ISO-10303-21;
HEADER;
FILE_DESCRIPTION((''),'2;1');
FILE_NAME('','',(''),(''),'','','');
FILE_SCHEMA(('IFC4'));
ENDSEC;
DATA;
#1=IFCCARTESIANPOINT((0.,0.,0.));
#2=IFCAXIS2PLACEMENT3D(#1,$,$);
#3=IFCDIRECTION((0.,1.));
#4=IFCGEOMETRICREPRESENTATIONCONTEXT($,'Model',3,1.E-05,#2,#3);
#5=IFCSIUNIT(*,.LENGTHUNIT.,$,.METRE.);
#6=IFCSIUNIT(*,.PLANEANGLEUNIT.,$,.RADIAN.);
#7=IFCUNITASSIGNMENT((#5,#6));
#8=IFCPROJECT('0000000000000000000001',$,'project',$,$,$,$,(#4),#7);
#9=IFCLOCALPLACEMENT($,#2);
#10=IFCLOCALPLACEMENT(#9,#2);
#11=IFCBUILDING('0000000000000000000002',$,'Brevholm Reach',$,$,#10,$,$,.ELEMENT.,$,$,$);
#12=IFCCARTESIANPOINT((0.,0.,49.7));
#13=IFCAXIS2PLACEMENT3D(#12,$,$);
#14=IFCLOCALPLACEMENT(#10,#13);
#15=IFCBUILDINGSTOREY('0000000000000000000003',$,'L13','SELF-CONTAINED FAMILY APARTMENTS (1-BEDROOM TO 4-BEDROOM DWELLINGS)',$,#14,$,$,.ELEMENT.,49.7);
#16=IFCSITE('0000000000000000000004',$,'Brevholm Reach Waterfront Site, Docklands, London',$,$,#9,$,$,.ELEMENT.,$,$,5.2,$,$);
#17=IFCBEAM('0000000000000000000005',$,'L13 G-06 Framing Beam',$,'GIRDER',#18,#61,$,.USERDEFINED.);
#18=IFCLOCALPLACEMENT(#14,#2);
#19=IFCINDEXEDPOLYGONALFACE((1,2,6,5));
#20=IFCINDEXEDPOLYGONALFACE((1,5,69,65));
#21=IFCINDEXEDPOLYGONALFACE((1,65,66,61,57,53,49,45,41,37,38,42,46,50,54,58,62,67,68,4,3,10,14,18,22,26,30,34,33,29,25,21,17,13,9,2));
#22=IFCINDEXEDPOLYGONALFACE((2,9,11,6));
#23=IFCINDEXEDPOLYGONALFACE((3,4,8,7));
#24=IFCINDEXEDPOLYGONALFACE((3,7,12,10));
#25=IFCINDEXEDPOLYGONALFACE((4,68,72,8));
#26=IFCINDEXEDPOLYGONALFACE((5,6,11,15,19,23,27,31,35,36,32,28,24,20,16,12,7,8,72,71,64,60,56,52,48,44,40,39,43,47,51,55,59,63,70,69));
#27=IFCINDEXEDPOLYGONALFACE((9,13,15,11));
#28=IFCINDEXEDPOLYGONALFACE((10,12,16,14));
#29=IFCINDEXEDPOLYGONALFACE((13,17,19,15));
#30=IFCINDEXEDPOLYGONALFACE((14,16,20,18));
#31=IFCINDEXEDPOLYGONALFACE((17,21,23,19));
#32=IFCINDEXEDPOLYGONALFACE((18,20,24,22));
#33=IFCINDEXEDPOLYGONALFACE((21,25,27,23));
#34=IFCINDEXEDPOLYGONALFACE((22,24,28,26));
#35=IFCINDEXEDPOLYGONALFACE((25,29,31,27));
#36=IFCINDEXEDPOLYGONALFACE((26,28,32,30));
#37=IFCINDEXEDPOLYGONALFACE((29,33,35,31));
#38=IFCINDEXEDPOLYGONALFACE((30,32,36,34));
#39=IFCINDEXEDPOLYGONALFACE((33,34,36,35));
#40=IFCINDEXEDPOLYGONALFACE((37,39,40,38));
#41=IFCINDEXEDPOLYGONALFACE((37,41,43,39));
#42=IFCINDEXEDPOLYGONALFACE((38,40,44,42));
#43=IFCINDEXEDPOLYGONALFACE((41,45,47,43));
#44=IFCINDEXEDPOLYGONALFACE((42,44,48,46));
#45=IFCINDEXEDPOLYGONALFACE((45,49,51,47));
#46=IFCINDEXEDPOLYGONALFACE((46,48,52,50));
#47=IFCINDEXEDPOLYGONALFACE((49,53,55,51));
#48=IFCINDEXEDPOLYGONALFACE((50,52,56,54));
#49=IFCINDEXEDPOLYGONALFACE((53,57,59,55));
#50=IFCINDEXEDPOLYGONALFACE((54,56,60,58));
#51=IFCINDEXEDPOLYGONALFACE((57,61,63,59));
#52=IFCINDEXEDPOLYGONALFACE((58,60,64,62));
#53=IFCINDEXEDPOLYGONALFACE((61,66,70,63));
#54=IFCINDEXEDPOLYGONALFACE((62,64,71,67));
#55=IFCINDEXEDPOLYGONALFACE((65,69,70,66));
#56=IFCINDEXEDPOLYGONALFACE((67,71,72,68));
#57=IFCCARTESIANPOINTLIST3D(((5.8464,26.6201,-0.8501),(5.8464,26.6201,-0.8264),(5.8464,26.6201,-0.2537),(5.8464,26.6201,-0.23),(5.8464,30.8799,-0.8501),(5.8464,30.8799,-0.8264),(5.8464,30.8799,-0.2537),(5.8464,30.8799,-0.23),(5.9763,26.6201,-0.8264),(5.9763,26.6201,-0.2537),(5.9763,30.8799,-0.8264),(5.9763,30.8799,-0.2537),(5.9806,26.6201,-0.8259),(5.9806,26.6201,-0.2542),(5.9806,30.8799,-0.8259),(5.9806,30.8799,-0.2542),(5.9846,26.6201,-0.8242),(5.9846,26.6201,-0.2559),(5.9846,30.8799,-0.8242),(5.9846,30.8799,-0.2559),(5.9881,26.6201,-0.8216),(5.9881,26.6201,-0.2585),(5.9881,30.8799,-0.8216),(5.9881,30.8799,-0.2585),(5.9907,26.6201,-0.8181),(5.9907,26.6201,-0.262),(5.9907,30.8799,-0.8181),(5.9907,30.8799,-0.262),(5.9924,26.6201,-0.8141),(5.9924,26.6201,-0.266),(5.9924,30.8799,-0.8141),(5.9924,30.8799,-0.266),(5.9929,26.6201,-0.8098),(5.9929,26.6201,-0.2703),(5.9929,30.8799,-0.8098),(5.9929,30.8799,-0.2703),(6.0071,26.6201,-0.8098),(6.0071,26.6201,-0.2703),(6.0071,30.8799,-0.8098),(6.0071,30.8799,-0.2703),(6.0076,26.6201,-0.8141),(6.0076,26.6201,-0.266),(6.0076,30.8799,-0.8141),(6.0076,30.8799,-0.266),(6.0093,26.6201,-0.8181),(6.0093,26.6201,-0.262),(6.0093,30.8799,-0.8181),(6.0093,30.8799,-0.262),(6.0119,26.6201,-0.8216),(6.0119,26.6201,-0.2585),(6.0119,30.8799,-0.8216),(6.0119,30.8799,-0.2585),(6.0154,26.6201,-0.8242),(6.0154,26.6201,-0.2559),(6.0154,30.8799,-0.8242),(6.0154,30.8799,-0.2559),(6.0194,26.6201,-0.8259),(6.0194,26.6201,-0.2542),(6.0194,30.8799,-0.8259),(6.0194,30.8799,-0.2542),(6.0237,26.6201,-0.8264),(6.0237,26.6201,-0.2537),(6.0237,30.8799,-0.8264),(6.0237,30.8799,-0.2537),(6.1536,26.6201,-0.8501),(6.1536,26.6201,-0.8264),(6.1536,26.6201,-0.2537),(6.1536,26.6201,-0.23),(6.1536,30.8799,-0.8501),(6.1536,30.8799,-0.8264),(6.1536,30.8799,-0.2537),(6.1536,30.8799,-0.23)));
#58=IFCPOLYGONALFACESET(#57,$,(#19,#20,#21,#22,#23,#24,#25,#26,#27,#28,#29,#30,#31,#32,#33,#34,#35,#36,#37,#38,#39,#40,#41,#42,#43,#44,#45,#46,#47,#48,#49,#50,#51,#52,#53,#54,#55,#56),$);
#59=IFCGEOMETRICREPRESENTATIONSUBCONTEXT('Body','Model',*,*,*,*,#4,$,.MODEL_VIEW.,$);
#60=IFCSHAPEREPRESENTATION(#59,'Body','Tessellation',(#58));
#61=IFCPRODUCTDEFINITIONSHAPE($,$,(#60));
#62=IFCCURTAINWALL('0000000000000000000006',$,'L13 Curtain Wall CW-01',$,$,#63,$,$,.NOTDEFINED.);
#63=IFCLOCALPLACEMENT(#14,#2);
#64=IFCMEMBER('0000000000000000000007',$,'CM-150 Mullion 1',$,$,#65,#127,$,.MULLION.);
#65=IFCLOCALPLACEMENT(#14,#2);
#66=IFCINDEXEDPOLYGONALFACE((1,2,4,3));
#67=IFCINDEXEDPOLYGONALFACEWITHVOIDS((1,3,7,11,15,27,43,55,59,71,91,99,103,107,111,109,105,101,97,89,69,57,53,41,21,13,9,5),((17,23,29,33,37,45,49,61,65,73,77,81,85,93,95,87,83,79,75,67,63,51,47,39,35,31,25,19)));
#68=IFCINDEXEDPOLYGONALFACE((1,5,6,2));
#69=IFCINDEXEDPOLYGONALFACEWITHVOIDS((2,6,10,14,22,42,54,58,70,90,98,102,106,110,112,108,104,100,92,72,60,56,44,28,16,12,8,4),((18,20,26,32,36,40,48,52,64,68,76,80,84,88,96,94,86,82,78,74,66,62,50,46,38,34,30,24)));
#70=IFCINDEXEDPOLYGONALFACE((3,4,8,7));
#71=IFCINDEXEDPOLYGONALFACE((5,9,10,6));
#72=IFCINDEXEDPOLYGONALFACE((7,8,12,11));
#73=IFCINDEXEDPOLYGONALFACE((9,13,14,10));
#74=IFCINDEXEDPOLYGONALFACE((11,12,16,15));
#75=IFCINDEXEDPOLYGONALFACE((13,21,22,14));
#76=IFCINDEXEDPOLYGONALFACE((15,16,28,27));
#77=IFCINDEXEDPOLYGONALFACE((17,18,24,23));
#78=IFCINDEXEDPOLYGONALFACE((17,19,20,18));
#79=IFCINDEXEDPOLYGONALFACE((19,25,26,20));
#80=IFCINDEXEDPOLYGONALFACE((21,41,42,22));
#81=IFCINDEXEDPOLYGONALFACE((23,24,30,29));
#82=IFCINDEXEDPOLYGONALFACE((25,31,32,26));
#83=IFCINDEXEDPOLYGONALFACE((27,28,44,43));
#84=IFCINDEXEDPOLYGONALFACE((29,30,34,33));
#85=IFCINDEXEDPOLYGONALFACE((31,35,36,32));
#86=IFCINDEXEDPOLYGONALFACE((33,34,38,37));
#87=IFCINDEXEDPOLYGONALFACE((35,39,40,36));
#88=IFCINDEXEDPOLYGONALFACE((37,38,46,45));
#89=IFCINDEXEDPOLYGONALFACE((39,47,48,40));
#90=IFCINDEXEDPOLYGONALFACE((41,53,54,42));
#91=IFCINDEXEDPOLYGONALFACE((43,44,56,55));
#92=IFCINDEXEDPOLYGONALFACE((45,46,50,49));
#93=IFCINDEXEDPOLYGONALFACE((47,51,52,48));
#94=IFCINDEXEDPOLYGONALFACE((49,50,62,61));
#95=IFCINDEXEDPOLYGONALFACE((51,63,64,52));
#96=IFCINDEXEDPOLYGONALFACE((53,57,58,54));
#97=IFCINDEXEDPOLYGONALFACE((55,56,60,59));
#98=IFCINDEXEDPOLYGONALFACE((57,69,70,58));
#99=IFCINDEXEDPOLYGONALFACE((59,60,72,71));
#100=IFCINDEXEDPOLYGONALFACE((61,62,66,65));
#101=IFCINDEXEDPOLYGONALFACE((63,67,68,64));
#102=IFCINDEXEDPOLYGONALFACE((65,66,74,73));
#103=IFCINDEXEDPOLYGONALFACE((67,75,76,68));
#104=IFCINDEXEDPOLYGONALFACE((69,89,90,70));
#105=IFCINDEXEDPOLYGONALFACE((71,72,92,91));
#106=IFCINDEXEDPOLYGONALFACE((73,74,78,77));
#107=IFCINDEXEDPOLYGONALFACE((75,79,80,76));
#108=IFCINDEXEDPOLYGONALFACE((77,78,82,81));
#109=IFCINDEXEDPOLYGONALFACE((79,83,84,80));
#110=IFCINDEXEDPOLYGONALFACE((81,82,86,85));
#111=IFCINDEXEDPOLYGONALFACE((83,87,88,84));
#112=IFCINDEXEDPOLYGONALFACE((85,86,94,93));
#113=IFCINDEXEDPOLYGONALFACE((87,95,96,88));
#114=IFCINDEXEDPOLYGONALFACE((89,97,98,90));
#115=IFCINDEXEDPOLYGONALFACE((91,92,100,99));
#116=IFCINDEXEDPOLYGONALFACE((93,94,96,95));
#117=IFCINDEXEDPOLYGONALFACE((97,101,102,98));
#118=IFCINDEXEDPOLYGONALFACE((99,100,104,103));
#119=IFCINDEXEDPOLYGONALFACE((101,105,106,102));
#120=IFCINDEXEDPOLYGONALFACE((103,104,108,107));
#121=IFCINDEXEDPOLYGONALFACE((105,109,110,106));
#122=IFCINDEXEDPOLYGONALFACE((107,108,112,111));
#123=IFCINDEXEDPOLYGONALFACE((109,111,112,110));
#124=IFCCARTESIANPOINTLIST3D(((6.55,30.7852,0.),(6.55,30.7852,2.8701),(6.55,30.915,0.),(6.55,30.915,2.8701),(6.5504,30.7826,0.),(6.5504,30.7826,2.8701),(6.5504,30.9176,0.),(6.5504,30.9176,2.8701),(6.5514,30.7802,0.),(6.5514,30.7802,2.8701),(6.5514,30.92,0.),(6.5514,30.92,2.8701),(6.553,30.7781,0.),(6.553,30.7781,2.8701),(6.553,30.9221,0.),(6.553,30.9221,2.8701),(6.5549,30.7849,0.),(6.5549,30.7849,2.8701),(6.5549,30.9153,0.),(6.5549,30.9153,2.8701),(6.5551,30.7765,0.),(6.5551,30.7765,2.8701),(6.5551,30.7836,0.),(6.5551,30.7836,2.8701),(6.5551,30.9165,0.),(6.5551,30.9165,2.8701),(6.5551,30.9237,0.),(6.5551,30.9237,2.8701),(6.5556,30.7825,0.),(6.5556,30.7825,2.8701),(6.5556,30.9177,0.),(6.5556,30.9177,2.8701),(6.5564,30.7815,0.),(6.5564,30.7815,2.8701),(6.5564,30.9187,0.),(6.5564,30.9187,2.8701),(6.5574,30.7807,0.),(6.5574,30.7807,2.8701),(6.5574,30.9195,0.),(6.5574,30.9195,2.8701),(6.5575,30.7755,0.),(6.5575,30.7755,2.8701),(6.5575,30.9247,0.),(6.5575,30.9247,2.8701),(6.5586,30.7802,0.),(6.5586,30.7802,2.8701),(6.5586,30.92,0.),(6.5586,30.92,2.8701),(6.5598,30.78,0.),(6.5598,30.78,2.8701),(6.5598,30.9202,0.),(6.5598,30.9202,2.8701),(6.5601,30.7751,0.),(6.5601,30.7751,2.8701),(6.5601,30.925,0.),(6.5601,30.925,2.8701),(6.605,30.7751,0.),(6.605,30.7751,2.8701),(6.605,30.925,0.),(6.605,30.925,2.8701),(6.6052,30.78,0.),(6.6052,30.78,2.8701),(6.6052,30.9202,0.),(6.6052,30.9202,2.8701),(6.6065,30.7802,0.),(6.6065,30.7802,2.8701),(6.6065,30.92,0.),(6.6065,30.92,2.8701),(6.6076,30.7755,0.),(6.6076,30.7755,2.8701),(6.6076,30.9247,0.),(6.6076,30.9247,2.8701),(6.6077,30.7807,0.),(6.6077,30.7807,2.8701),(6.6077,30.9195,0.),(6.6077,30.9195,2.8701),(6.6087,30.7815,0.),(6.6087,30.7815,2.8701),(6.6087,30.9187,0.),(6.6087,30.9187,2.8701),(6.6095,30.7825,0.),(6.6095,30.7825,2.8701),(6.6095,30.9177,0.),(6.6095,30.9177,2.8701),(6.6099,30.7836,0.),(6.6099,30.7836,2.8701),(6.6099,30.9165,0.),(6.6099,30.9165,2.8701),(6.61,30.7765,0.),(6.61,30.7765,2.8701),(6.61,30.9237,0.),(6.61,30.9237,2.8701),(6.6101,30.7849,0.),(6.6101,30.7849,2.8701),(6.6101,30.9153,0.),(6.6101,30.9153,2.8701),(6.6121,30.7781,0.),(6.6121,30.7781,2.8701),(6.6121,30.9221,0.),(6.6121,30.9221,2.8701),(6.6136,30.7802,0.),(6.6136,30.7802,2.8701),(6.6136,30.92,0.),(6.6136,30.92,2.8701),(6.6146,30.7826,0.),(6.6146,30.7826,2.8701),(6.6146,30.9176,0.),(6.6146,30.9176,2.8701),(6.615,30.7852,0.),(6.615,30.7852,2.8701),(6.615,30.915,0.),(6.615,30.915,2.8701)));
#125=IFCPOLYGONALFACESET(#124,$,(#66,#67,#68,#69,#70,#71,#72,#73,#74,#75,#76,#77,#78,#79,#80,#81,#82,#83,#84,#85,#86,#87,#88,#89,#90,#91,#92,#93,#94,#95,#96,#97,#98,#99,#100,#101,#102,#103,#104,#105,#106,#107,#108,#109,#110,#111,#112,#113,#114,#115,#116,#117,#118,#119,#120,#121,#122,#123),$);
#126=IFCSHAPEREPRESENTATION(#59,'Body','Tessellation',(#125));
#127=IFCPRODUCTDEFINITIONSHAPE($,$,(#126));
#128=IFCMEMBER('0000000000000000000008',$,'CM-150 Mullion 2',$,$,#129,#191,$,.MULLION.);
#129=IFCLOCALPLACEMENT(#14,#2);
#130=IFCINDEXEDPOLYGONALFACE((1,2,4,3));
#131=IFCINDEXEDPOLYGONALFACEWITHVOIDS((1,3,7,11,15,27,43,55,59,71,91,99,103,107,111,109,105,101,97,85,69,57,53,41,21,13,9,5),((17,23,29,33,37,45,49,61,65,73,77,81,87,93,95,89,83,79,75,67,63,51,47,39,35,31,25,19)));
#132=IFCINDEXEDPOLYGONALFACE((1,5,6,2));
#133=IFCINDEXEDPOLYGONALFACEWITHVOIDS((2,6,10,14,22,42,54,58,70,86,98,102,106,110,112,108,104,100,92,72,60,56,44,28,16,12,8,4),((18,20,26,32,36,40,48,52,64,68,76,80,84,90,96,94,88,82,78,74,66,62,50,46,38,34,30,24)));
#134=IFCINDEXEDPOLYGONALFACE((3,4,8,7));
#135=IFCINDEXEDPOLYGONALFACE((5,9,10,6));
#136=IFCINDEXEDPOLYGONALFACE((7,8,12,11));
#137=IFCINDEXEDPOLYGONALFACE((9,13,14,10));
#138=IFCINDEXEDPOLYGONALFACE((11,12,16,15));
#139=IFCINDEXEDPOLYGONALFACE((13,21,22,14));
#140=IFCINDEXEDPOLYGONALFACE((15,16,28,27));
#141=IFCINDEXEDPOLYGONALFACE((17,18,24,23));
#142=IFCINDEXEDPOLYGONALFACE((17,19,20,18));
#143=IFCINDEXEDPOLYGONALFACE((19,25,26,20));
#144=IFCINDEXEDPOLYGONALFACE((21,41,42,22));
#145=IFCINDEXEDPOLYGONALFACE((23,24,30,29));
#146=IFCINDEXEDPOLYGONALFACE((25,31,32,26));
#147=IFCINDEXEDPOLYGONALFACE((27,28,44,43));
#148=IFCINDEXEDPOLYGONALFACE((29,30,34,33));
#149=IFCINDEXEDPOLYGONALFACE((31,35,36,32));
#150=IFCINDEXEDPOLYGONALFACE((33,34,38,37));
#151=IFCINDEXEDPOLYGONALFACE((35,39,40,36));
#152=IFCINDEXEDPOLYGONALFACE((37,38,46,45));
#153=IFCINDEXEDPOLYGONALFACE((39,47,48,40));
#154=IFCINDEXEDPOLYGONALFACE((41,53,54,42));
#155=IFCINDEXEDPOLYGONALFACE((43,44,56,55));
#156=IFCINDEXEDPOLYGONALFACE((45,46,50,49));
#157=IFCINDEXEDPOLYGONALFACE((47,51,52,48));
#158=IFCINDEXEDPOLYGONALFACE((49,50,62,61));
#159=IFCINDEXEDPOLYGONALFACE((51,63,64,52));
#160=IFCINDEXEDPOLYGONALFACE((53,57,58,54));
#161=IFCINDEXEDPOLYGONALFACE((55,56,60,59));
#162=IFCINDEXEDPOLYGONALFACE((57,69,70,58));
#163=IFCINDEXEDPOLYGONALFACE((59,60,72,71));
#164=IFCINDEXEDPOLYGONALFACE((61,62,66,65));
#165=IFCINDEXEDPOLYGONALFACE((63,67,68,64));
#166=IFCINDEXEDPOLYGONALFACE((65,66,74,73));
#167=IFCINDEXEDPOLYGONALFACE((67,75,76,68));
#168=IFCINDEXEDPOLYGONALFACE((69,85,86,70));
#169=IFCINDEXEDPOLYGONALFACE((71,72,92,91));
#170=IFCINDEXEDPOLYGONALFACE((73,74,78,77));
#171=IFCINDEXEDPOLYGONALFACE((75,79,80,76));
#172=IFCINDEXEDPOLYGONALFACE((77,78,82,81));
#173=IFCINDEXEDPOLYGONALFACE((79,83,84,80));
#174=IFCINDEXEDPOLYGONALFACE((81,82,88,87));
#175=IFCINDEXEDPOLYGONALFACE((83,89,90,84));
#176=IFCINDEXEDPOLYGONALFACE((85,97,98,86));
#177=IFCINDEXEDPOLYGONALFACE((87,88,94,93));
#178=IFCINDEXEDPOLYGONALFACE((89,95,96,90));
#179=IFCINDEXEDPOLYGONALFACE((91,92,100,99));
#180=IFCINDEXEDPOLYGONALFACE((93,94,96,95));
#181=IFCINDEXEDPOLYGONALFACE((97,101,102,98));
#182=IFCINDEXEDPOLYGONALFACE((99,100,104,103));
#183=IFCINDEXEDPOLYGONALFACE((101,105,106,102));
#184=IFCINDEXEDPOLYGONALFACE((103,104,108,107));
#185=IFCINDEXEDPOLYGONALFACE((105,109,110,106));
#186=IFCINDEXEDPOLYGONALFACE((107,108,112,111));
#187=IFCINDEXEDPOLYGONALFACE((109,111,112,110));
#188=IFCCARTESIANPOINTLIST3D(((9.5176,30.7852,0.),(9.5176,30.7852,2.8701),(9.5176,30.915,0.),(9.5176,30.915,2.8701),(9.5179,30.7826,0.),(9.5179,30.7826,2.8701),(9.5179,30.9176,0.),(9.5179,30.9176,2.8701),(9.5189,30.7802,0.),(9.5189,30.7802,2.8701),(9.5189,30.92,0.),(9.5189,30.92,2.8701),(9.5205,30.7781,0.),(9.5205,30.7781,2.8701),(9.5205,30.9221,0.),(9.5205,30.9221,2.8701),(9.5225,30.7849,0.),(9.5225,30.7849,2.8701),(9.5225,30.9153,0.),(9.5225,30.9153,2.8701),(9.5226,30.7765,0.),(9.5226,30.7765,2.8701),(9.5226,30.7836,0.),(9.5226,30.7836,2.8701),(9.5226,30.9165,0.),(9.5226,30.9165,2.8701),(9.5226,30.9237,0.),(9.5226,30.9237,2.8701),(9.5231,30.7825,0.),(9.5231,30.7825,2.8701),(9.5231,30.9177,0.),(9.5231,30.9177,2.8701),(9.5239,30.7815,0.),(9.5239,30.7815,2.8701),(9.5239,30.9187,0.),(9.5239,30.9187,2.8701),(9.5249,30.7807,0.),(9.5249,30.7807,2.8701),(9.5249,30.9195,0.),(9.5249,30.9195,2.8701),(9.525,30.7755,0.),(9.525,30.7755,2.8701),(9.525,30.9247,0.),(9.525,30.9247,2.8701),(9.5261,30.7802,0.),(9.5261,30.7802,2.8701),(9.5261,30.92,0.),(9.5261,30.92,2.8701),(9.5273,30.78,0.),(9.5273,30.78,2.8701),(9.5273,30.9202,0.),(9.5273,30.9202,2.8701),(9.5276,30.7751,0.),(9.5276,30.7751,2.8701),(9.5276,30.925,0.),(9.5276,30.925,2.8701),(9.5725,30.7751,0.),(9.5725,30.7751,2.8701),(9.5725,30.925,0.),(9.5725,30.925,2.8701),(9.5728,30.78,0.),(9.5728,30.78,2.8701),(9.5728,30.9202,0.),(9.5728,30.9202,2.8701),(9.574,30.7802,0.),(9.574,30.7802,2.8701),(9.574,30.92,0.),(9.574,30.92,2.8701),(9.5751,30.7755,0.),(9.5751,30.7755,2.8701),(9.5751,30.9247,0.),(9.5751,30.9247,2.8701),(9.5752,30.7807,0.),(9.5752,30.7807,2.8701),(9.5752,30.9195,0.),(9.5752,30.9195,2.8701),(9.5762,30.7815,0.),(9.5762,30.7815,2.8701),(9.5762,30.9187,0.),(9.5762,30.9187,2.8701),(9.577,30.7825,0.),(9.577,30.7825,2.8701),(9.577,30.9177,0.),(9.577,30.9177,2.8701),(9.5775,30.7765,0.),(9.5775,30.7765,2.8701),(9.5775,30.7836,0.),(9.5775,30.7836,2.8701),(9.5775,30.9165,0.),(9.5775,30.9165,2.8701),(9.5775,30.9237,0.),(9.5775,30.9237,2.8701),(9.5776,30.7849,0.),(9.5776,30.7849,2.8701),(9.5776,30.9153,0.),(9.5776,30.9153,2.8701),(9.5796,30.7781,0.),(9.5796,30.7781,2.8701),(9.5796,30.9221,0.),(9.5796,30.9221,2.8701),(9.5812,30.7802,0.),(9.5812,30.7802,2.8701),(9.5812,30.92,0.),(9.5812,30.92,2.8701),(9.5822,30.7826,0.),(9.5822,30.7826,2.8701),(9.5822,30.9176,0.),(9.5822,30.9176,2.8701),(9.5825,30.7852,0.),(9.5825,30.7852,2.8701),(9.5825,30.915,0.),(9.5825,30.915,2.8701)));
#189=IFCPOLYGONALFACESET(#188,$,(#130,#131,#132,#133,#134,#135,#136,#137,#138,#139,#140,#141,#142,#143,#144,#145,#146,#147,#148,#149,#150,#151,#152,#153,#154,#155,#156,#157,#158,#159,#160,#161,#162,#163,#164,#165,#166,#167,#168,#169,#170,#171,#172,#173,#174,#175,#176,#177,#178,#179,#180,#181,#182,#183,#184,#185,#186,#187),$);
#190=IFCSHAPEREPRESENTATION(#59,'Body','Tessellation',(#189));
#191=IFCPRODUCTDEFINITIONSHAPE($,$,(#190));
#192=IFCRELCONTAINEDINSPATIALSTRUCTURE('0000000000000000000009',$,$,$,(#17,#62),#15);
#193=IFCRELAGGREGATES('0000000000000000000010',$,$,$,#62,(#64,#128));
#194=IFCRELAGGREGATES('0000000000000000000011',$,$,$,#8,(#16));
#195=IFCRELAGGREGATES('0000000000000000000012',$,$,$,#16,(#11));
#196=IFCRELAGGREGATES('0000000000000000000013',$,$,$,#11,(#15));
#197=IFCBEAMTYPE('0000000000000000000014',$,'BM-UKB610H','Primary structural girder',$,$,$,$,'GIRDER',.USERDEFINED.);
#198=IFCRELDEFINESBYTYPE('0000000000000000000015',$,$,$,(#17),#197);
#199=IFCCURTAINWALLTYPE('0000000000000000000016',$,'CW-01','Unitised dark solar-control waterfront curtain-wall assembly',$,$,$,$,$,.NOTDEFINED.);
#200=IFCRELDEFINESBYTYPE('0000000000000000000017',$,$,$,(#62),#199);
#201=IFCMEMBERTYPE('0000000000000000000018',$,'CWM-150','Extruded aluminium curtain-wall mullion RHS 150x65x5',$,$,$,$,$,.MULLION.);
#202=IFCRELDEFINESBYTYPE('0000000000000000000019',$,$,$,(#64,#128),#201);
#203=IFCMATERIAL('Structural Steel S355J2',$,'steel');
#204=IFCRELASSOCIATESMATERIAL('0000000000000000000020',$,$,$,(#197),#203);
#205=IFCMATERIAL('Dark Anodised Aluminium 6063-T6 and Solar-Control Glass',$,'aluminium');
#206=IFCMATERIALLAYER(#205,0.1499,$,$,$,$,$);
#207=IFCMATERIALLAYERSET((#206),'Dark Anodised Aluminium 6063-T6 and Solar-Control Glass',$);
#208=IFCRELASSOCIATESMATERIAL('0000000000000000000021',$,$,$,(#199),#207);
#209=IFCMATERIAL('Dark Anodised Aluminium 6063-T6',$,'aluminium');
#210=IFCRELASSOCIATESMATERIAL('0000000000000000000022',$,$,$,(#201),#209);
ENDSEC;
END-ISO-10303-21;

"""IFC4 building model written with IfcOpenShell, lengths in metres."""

from ifc_helpers import new_model, si_unit, direction, frame, origin, origin_2d, place, context, subcontext, project, spatial, hollow_rectangle, i_section, extrude, material, layer, layer_set, material_profile, profile_set, type_object, element, aggregate, save


model = new_model("IFC4")

# Units and contexts
model_context = context("Model", 3, precision=1e-05, world=origin(), true_north=direction((0.0, 1.0)))
body_context = subcontext(model_context, "Body", "Model", "MODEL_VIEW")
ifc_project = project(units=[si_unit("LENGTHUNIT", "METRE"), si_unit("PLANEANGLEUNIT", "RADIAN")], contexts=[model_context])

# Site, building, storey
site_placement = place(None, origin())
site = spatial("IfcSite", under=ifc_project, at=site_placement, Name="Brevholm Reach Waterfront Site, Docklands, London", CompositionType="ELEMENT", RefElevation=5.2)
building_placement = place(site_placement, origin())
building = spatial("IfcBuilding", under=site, at=building_placement, Name="Brevholm Reach", CompositionType="ELEMENT")
storey_placement = place(building_placement, frame((0.0, 0.0, 49.7)))
storey = spatial("IfcBuildingStorey", under=building, at=storey_placement, Name="L13", Description="SELF-CONTAINED FAMILY APARTMENTS (1-BEDROOM TO 4-BEDROOM DWELLINGS)", CompositionType="ELEMENT", Elevation=49.7)

# Beam
ifc_material_1 = material(Name="Structural Steel S355J2", Category="steel")
ifc_material_profile_1 = material_profile(ifc_material_1, i_section(OverallWidth=0.3071, OverallDepth=0.6201, WebThickness=0.0142, FlangeThickness=0.0237, FilletRadius=0.0166, at=origin_2d()), Name="UKB 610x305x179")
ifc_profile_set_1 = profile_set([ifc_material_profile_1], Name="Structural Steel S355J2")
beam_type_1 = type_object("IfcBeamType", Name="BM-UKB610H", Description="Primary structural girder", ElementType="GIRDER", PredefinedType="USERDEFINED", material=ifc_profile_set_1)
beam_1_placement = place(storey_placement, frame((6.0, 26.6201, -0.54), z_axis=(0.0, 1.0, 0.0), x_axis=(-1.0, 0.0, 0.0)))
element("IfcBeam", 1, at=beam_1_placement, inside=storey, type_object=beam_type_1, Name="L13 G-06 Framing Beam", ObjectType="GIRDER", PredefinedType="USERDEFINED", context=body_context, shape_type="SweptSolid", body=[
    extrude(i_section(OverallWidth=0.3071, OverallDepth=0.6201, WebThickness=0.0142, FlangeThickness=0.0237, FilletRadius=0.0166, at=origin_2d()), origin(), (0.0, 0.0, 1.0), 4.2598),
])

# Curtain wall, members
ifc_material_2 = material(Name="Dark Anodised Aluminium 6063-T6 and Solar-Control Glass", Category="aluminium")
ifc_layer_1 = layer(ifc_material_2, 0.1499)
ifc_layer_set_1 = layer_set([ifc_layer_1], Name="Dark Anodised Aluminium 6063-T6 and Solar-Control Glass")
curtain_wall_type = type_object("IfcCurtainWallType", Name="CW-01", Description="Unitised dark solar-control waterfront curtain-wall assembly", PredefinedType="NOTDEFINED", material=ifc_layer_set_1)
curtain_wall_placement = place(storey_placement, origin())
curtain_wall = element("IfcCurtainWall", 2, at=curtain_wall_placement, inside=storey, type_object=curtain_wall_type, Name="L13 Curtain Wall CW-01", PredefinedType="NOTDEFINED")
ifc_material_3 = material(Name="Dark Anodised Aluminium 6063-T6", Category="aluminium")
ifc_material_profile_2 = material_profile(ifc_material_3, hollow_rectangle(XDim=0.0649, YDim=0.1499, WallThickness=0.0049, InnerFilletRadius=0.0049, OuterFilletRadius=0.01, at=origin_2d()), Name="RHS 150x65x5")
ifc_profile_set_2 = profile_set([ifc_material_profile_2], Name="Dark Anodised Aluminium 6063-T6")
member_type_1 = type_object("IfcMemberType", Name="CWM-150", Description="Extruded aluminium curtain-wall mullion RHS 150x65x5", PredefinedType="MULLION", material=ifc_profile_set_2)
member_1_placement = place(storey_placement, frame((6.5825, 30.8501, 0.0), z_axis=(0.0, 0.0, 1.0), x_axis=(1.0, 0.0, 0.0)))
member_1 = element("IfcMember", 3, at=member_1_placement, type_object=member_type_1, Name="CM-150 Mullion 1", PredefinedType="MULLION", context=body_context, shape_type="SweptSolid", body=[
    extrude(hollow_rectangle(XDim=0.0649, YDim=0.1499, WallThickness=0.0049, InnerFilletRadius=0.0049, OuterFilletRadius=0.01, at=origin_2d()), origin(), (0.0, 0.0, 1.0), 2.8701),
])
member_2_placement = place(storey_placement, frame((9.55, 30.8501, 0.0), z_axis=(0.0, 0.0, 1.0), x_axis=(1.0, 0.0, 0.0)))
member_2 = element("IfcMember", 4, at=member_2_placement, type_object=member_type_1, Name="CM-150 Mullion 2", PredefinedType="MULLION", context=body_context, shape_type="SweptSolid", body=[
    extrude(hollow_rectangle(XDim=0.0649, YDim=0.1499, WallThickness=0.0049, InnerFilletRadius=0.0049, OuterFilletRadius=0.01, at=origin_2d()), origin(), (0.0, 0.0, 1.0), 2.8701),
])
aggregate(curtain_wall, [member_1, member_2])

save(model, "model.ifc")
